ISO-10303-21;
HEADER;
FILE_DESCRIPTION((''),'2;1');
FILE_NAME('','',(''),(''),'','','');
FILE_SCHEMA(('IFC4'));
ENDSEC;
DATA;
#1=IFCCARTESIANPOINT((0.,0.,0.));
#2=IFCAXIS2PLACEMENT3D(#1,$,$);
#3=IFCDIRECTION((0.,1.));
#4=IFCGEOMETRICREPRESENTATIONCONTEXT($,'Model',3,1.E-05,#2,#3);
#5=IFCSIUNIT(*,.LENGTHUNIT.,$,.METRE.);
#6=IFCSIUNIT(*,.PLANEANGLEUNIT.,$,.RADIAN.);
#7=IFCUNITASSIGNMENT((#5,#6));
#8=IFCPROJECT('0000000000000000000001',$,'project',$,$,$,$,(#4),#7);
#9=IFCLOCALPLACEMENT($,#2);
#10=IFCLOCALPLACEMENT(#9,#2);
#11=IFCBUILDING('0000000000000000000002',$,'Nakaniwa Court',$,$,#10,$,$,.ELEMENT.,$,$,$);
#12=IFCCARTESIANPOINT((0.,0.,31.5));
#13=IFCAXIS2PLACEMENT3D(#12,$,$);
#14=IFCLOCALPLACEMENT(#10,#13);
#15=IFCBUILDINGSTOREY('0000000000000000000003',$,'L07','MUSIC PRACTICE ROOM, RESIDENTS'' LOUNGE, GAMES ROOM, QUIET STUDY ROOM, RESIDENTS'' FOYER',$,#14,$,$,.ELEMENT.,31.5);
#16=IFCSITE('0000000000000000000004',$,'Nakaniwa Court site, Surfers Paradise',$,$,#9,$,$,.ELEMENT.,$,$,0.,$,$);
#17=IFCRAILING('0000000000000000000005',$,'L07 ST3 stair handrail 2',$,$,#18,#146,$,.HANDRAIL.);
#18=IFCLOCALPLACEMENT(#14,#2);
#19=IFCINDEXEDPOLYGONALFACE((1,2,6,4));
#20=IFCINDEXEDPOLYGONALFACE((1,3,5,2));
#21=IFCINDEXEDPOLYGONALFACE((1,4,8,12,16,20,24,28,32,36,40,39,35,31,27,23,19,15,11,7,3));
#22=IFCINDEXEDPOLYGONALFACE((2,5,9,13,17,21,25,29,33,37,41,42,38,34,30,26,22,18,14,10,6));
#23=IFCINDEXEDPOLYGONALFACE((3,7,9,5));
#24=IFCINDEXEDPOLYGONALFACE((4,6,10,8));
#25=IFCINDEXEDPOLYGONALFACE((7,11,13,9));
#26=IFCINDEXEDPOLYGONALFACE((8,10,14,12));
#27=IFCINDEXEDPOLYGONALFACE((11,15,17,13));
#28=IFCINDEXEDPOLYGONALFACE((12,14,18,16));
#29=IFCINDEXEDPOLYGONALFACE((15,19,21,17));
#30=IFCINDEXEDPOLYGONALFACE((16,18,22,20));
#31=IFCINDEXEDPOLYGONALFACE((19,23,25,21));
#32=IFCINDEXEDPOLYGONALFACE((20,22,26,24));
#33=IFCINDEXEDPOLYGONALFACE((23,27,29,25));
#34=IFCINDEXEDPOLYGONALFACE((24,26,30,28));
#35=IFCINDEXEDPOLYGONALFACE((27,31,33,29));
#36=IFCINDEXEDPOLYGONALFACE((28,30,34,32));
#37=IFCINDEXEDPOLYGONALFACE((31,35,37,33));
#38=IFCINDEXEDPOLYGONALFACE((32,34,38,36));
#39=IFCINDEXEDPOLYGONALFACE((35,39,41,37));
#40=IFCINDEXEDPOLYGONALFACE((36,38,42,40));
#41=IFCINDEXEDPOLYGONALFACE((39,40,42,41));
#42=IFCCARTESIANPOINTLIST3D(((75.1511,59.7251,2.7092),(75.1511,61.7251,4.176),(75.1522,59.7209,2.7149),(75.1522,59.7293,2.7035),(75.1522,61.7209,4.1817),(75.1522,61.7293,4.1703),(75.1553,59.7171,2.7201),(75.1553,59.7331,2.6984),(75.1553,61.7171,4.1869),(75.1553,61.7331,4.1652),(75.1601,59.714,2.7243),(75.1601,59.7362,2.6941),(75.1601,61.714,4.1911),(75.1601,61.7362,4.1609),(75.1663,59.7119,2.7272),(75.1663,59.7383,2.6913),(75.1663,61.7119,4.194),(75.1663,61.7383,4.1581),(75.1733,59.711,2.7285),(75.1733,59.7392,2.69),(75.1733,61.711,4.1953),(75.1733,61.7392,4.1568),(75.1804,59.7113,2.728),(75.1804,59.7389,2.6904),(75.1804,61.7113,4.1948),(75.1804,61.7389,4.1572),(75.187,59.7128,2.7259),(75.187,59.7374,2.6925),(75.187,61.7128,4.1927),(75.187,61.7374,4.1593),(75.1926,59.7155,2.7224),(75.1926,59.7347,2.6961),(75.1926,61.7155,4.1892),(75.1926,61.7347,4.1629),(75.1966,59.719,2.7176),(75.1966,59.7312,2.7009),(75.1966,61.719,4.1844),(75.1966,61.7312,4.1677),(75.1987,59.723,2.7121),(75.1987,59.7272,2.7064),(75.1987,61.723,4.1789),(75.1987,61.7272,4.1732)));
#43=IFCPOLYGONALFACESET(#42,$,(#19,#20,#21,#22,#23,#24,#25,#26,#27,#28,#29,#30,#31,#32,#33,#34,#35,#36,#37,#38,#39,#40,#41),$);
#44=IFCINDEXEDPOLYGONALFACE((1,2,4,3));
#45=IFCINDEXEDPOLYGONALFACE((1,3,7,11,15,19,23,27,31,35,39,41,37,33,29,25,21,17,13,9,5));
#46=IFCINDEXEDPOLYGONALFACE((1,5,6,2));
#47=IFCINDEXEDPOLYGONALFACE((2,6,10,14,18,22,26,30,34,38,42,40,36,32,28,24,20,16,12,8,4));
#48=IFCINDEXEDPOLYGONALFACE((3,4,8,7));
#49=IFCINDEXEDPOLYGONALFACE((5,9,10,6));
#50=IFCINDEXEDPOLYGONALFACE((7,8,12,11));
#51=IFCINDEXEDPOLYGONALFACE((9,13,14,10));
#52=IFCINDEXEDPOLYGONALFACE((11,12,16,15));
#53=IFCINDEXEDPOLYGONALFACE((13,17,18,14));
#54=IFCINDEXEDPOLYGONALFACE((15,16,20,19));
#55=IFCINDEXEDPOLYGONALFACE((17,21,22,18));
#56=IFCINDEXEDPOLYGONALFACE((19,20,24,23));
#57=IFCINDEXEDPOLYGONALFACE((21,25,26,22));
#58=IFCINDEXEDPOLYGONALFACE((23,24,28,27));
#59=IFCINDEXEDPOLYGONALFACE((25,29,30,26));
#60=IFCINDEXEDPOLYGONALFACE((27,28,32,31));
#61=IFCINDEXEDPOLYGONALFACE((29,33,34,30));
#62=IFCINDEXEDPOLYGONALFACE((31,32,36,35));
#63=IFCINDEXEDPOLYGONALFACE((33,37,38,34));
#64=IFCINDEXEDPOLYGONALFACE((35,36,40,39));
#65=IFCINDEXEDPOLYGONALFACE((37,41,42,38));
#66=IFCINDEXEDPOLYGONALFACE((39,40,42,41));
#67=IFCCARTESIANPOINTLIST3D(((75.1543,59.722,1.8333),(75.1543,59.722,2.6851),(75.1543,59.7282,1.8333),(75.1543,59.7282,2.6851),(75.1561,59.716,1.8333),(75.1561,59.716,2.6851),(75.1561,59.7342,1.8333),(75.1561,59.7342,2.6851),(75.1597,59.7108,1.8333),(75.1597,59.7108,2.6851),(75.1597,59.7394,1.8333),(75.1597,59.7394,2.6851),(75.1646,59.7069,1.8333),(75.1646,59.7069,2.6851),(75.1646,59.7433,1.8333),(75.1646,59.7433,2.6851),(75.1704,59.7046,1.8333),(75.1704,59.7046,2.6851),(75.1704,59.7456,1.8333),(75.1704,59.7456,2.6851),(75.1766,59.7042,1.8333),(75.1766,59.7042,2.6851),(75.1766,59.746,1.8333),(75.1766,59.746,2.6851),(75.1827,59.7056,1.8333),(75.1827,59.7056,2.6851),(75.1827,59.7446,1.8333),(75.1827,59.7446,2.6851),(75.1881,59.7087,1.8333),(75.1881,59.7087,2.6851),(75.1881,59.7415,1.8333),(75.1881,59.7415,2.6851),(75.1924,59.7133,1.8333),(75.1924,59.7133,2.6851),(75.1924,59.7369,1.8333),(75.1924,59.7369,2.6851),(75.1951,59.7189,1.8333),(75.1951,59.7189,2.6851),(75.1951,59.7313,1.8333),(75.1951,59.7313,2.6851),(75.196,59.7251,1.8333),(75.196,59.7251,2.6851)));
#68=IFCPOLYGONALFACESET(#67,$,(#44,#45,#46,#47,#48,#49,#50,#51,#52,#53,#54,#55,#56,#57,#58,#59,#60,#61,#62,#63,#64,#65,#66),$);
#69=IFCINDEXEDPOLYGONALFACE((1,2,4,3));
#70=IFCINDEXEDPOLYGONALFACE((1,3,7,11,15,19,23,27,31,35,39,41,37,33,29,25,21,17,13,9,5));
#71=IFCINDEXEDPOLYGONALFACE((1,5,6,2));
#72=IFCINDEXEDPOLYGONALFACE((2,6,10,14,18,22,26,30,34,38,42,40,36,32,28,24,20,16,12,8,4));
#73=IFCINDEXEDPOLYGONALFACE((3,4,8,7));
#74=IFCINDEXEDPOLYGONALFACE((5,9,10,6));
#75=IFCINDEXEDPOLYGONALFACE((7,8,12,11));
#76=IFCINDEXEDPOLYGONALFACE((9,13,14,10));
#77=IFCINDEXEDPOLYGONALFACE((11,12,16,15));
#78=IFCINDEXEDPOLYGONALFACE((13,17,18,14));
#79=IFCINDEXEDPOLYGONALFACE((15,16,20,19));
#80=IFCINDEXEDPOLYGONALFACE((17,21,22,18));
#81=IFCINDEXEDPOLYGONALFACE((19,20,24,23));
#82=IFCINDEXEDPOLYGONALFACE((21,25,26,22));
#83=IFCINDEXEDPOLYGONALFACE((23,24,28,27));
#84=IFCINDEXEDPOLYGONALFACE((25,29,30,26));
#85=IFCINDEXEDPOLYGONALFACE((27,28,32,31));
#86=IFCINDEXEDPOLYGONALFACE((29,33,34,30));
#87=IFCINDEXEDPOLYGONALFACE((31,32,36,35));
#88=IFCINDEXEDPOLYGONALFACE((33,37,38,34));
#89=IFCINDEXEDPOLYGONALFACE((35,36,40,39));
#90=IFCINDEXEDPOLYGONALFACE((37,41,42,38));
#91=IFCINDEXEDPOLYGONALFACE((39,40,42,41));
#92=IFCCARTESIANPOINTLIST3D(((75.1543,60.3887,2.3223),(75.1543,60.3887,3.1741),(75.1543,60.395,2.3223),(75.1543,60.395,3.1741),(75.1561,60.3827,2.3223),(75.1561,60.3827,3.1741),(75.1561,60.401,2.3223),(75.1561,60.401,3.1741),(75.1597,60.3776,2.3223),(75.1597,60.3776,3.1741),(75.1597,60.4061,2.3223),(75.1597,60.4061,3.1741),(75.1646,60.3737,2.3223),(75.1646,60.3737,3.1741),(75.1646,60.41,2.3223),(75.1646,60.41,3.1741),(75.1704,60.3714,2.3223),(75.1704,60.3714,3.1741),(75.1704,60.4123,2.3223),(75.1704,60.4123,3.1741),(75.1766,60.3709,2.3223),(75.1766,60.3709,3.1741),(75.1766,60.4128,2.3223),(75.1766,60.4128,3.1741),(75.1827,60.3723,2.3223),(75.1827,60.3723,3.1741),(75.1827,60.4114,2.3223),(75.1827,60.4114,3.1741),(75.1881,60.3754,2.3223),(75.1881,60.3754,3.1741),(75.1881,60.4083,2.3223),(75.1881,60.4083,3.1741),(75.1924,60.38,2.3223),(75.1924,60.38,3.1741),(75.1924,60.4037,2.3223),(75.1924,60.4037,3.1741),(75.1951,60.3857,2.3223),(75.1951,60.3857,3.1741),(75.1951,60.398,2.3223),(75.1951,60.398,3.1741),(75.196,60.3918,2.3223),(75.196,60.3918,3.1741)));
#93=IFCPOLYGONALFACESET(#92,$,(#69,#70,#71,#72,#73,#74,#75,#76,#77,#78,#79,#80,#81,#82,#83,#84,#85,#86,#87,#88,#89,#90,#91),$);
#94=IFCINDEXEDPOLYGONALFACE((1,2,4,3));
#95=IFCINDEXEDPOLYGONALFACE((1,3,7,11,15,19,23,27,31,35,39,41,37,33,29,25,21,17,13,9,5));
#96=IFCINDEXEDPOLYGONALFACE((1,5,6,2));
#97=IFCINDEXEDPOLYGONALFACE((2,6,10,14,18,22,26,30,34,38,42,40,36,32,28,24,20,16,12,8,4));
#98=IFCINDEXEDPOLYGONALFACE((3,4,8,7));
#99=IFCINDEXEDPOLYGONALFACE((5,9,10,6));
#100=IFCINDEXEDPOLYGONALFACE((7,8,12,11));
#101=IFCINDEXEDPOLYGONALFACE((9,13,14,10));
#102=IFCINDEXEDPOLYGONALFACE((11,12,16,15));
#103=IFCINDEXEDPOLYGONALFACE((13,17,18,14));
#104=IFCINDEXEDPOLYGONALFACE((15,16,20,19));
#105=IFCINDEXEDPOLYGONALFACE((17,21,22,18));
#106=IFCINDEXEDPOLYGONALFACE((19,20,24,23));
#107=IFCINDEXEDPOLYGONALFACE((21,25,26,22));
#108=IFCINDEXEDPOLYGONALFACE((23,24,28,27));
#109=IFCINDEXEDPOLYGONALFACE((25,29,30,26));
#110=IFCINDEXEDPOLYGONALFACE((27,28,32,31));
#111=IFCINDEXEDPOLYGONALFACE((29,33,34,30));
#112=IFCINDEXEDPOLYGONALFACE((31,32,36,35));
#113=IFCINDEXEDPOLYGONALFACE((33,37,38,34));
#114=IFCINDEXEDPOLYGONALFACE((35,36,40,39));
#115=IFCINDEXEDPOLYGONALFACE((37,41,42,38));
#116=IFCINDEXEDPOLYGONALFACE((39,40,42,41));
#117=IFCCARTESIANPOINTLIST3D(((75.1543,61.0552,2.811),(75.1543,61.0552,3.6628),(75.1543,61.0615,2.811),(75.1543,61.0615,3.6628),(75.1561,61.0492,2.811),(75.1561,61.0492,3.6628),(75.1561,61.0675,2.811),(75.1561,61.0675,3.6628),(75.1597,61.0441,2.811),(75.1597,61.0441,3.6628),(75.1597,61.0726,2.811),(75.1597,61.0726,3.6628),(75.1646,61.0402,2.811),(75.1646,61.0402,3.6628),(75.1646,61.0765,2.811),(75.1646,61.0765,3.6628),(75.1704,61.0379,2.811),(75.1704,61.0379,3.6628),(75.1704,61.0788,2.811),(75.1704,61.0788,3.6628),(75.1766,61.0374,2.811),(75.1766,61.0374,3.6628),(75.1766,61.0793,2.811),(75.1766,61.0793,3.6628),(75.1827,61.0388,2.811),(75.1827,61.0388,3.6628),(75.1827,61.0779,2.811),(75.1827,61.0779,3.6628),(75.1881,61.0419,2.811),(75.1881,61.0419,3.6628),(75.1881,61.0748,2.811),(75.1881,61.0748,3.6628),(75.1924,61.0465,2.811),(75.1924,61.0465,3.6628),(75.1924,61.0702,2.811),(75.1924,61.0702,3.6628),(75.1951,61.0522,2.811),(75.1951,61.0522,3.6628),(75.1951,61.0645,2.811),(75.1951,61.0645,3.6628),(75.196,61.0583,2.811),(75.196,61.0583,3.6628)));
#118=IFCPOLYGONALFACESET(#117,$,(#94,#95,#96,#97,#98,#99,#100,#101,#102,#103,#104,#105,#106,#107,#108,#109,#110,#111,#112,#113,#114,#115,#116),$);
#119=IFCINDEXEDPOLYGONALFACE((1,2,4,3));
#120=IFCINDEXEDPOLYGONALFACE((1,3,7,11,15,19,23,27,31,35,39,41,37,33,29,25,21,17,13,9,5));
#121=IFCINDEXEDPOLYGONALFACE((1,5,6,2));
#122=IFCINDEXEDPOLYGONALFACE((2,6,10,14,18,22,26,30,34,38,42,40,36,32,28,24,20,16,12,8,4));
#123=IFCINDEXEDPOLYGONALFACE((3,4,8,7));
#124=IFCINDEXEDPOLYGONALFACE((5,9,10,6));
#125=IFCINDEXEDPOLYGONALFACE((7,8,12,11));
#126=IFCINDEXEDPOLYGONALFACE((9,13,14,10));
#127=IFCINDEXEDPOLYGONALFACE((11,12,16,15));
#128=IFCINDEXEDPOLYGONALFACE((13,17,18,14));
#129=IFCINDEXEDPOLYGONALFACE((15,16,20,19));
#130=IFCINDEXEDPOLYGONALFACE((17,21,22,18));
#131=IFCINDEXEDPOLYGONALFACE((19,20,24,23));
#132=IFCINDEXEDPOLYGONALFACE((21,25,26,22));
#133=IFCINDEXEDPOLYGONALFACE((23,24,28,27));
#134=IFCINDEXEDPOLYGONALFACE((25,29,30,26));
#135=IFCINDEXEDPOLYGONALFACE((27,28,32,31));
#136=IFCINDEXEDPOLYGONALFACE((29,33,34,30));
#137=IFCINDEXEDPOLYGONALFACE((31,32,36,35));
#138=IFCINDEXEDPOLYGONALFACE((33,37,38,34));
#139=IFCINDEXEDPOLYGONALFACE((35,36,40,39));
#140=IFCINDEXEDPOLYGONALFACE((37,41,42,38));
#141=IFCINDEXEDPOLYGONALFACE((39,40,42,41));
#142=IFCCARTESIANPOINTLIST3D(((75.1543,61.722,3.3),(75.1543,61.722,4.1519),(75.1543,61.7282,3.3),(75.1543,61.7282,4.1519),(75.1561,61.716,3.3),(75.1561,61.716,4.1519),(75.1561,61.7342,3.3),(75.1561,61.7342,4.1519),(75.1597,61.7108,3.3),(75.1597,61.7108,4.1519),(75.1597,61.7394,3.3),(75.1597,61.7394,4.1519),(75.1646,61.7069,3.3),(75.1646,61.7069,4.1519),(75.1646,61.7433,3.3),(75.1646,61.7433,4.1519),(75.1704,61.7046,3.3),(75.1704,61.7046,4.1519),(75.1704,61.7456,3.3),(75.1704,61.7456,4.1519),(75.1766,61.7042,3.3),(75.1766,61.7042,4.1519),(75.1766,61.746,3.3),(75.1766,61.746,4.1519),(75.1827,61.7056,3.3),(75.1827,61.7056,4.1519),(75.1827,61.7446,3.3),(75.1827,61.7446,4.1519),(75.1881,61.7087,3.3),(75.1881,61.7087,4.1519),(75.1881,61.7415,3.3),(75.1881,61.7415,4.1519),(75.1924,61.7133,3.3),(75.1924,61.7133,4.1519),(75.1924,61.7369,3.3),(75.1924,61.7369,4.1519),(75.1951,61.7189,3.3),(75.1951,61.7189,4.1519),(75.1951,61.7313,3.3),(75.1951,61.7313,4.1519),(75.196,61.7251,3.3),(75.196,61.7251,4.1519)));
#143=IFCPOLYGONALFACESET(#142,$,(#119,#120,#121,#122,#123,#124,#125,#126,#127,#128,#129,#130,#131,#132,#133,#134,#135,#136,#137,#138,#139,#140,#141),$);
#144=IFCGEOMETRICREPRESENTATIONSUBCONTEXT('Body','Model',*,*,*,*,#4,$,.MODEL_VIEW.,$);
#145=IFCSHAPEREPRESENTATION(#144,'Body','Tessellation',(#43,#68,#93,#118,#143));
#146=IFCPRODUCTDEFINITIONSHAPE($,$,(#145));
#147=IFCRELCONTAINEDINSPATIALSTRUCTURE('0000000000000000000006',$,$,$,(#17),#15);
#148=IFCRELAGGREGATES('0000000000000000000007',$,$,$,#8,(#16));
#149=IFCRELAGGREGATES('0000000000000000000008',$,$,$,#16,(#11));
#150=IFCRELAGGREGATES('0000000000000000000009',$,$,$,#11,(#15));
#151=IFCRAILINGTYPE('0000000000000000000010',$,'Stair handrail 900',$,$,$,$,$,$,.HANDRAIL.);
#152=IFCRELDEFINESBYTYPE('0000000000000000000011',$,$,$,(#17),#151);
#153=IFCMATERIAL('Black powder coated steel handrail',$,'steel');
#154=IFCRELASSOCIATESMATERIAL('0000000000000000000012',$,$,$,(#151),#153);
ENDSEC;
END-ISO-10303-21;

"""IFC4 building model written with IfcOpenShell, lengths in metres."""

from ifc_helpers import new_model, si_unit, direction, frame, origin, origin_2d, place, context, subcontext, project, spatial, circle, extrude, material, type_object, element, save


model = new_model("IFC4")

# Units and contexts
model_context = context("Model", 3, precision=1e-05, world=origin(), true_north=direction((0.0, 1.0)))
body_context = subcontext(model_context, "Body", "Model", "MODEL_VIEW")
ifc_project = project(units=[si_unit("LENGTHUNIT", "METRE"), si_unit("PLANEANGLEUNIT", "RADIAN")], contexts=[model_context])

# Site, building, storey
site_placement = place(None, origin())
site = spatial("IfcSite", under=ifc_project, at=site_placement, Name="Nakaniwa Court site, Surfers Paradise", CompositionType="ELEMENT", RefElevation=0.0)
building_placement = place(site_placement, origin())
building = spatial("IfcBuilding", under=site, at=building_placement, Name="Nakaniwa Court", CompositionType="ELEMENT")
storey_placement = place(building_placement, frame((0.0, 0.0, 31.5)))
storey = spatial("IfcBuildingStorey", under=building, at=storey_placement, Name="L07", Description="MUSIC PRACTICE ROOM, RESIDENTS' LOUNGE, GAMES ROOM, QUIET STUDY ROOM, RESIDENTS' FOYER", CompositionType="ELEMENT", Elevation=31.5)

# Railing
ifc_material_1 = material(Name="Black powder coated steel handrail", Category="steel")
railing_type_1 = type_object("IfcRailingType", Name="Stair handrail 900", PredefinedType="HANDRAIL", material=ifc_material_1)
railing_1_placement = place(storey_placement, frame((75.175, 59.7251, 1.8333)))
element("IfcRailing", 1, at=railing_1_placement, inside=storey, type_object=railing_type_1, Name="L07 ST3 stair handrail 2", PredefinedType="HANDRAIL", context=body_context, shape_type="SweptSolid", body=[
    extrude(circle(Radius=0.0239, at=origin_2d()), frame((0.0, 0.0, 0.876), z_axis=(0.0, 0.80638, 0.591398), x_axis=(-1.0, 0.0, 0.0)), (0.0, 0.0, 1.0), 2.4802),
    extrude(circle(Radius=0.021, at=origin_2d()), origin(), (0.0, 0.0, 1.0), 0.8518),
    extrude(circle(Radius=0.021, at=origin_2d()), frame((0.0, 0.6667, 0.489)), (0.0, 0.0, 1.0), 0.8518),
    extrude(circle(Radius=0.021, at=origin_2d()), frame((0.0, 1.3333, 0.9778)), (0.0, 0.0, 1.0), 0.8518),
    extrude(circle(Radius=0.021, at=origin_2d()), frame((0.0, 2.0, 1.4668)), (0.0, 0.0, 1.0), 0.8518),
])

save(model, "model.ifc")
